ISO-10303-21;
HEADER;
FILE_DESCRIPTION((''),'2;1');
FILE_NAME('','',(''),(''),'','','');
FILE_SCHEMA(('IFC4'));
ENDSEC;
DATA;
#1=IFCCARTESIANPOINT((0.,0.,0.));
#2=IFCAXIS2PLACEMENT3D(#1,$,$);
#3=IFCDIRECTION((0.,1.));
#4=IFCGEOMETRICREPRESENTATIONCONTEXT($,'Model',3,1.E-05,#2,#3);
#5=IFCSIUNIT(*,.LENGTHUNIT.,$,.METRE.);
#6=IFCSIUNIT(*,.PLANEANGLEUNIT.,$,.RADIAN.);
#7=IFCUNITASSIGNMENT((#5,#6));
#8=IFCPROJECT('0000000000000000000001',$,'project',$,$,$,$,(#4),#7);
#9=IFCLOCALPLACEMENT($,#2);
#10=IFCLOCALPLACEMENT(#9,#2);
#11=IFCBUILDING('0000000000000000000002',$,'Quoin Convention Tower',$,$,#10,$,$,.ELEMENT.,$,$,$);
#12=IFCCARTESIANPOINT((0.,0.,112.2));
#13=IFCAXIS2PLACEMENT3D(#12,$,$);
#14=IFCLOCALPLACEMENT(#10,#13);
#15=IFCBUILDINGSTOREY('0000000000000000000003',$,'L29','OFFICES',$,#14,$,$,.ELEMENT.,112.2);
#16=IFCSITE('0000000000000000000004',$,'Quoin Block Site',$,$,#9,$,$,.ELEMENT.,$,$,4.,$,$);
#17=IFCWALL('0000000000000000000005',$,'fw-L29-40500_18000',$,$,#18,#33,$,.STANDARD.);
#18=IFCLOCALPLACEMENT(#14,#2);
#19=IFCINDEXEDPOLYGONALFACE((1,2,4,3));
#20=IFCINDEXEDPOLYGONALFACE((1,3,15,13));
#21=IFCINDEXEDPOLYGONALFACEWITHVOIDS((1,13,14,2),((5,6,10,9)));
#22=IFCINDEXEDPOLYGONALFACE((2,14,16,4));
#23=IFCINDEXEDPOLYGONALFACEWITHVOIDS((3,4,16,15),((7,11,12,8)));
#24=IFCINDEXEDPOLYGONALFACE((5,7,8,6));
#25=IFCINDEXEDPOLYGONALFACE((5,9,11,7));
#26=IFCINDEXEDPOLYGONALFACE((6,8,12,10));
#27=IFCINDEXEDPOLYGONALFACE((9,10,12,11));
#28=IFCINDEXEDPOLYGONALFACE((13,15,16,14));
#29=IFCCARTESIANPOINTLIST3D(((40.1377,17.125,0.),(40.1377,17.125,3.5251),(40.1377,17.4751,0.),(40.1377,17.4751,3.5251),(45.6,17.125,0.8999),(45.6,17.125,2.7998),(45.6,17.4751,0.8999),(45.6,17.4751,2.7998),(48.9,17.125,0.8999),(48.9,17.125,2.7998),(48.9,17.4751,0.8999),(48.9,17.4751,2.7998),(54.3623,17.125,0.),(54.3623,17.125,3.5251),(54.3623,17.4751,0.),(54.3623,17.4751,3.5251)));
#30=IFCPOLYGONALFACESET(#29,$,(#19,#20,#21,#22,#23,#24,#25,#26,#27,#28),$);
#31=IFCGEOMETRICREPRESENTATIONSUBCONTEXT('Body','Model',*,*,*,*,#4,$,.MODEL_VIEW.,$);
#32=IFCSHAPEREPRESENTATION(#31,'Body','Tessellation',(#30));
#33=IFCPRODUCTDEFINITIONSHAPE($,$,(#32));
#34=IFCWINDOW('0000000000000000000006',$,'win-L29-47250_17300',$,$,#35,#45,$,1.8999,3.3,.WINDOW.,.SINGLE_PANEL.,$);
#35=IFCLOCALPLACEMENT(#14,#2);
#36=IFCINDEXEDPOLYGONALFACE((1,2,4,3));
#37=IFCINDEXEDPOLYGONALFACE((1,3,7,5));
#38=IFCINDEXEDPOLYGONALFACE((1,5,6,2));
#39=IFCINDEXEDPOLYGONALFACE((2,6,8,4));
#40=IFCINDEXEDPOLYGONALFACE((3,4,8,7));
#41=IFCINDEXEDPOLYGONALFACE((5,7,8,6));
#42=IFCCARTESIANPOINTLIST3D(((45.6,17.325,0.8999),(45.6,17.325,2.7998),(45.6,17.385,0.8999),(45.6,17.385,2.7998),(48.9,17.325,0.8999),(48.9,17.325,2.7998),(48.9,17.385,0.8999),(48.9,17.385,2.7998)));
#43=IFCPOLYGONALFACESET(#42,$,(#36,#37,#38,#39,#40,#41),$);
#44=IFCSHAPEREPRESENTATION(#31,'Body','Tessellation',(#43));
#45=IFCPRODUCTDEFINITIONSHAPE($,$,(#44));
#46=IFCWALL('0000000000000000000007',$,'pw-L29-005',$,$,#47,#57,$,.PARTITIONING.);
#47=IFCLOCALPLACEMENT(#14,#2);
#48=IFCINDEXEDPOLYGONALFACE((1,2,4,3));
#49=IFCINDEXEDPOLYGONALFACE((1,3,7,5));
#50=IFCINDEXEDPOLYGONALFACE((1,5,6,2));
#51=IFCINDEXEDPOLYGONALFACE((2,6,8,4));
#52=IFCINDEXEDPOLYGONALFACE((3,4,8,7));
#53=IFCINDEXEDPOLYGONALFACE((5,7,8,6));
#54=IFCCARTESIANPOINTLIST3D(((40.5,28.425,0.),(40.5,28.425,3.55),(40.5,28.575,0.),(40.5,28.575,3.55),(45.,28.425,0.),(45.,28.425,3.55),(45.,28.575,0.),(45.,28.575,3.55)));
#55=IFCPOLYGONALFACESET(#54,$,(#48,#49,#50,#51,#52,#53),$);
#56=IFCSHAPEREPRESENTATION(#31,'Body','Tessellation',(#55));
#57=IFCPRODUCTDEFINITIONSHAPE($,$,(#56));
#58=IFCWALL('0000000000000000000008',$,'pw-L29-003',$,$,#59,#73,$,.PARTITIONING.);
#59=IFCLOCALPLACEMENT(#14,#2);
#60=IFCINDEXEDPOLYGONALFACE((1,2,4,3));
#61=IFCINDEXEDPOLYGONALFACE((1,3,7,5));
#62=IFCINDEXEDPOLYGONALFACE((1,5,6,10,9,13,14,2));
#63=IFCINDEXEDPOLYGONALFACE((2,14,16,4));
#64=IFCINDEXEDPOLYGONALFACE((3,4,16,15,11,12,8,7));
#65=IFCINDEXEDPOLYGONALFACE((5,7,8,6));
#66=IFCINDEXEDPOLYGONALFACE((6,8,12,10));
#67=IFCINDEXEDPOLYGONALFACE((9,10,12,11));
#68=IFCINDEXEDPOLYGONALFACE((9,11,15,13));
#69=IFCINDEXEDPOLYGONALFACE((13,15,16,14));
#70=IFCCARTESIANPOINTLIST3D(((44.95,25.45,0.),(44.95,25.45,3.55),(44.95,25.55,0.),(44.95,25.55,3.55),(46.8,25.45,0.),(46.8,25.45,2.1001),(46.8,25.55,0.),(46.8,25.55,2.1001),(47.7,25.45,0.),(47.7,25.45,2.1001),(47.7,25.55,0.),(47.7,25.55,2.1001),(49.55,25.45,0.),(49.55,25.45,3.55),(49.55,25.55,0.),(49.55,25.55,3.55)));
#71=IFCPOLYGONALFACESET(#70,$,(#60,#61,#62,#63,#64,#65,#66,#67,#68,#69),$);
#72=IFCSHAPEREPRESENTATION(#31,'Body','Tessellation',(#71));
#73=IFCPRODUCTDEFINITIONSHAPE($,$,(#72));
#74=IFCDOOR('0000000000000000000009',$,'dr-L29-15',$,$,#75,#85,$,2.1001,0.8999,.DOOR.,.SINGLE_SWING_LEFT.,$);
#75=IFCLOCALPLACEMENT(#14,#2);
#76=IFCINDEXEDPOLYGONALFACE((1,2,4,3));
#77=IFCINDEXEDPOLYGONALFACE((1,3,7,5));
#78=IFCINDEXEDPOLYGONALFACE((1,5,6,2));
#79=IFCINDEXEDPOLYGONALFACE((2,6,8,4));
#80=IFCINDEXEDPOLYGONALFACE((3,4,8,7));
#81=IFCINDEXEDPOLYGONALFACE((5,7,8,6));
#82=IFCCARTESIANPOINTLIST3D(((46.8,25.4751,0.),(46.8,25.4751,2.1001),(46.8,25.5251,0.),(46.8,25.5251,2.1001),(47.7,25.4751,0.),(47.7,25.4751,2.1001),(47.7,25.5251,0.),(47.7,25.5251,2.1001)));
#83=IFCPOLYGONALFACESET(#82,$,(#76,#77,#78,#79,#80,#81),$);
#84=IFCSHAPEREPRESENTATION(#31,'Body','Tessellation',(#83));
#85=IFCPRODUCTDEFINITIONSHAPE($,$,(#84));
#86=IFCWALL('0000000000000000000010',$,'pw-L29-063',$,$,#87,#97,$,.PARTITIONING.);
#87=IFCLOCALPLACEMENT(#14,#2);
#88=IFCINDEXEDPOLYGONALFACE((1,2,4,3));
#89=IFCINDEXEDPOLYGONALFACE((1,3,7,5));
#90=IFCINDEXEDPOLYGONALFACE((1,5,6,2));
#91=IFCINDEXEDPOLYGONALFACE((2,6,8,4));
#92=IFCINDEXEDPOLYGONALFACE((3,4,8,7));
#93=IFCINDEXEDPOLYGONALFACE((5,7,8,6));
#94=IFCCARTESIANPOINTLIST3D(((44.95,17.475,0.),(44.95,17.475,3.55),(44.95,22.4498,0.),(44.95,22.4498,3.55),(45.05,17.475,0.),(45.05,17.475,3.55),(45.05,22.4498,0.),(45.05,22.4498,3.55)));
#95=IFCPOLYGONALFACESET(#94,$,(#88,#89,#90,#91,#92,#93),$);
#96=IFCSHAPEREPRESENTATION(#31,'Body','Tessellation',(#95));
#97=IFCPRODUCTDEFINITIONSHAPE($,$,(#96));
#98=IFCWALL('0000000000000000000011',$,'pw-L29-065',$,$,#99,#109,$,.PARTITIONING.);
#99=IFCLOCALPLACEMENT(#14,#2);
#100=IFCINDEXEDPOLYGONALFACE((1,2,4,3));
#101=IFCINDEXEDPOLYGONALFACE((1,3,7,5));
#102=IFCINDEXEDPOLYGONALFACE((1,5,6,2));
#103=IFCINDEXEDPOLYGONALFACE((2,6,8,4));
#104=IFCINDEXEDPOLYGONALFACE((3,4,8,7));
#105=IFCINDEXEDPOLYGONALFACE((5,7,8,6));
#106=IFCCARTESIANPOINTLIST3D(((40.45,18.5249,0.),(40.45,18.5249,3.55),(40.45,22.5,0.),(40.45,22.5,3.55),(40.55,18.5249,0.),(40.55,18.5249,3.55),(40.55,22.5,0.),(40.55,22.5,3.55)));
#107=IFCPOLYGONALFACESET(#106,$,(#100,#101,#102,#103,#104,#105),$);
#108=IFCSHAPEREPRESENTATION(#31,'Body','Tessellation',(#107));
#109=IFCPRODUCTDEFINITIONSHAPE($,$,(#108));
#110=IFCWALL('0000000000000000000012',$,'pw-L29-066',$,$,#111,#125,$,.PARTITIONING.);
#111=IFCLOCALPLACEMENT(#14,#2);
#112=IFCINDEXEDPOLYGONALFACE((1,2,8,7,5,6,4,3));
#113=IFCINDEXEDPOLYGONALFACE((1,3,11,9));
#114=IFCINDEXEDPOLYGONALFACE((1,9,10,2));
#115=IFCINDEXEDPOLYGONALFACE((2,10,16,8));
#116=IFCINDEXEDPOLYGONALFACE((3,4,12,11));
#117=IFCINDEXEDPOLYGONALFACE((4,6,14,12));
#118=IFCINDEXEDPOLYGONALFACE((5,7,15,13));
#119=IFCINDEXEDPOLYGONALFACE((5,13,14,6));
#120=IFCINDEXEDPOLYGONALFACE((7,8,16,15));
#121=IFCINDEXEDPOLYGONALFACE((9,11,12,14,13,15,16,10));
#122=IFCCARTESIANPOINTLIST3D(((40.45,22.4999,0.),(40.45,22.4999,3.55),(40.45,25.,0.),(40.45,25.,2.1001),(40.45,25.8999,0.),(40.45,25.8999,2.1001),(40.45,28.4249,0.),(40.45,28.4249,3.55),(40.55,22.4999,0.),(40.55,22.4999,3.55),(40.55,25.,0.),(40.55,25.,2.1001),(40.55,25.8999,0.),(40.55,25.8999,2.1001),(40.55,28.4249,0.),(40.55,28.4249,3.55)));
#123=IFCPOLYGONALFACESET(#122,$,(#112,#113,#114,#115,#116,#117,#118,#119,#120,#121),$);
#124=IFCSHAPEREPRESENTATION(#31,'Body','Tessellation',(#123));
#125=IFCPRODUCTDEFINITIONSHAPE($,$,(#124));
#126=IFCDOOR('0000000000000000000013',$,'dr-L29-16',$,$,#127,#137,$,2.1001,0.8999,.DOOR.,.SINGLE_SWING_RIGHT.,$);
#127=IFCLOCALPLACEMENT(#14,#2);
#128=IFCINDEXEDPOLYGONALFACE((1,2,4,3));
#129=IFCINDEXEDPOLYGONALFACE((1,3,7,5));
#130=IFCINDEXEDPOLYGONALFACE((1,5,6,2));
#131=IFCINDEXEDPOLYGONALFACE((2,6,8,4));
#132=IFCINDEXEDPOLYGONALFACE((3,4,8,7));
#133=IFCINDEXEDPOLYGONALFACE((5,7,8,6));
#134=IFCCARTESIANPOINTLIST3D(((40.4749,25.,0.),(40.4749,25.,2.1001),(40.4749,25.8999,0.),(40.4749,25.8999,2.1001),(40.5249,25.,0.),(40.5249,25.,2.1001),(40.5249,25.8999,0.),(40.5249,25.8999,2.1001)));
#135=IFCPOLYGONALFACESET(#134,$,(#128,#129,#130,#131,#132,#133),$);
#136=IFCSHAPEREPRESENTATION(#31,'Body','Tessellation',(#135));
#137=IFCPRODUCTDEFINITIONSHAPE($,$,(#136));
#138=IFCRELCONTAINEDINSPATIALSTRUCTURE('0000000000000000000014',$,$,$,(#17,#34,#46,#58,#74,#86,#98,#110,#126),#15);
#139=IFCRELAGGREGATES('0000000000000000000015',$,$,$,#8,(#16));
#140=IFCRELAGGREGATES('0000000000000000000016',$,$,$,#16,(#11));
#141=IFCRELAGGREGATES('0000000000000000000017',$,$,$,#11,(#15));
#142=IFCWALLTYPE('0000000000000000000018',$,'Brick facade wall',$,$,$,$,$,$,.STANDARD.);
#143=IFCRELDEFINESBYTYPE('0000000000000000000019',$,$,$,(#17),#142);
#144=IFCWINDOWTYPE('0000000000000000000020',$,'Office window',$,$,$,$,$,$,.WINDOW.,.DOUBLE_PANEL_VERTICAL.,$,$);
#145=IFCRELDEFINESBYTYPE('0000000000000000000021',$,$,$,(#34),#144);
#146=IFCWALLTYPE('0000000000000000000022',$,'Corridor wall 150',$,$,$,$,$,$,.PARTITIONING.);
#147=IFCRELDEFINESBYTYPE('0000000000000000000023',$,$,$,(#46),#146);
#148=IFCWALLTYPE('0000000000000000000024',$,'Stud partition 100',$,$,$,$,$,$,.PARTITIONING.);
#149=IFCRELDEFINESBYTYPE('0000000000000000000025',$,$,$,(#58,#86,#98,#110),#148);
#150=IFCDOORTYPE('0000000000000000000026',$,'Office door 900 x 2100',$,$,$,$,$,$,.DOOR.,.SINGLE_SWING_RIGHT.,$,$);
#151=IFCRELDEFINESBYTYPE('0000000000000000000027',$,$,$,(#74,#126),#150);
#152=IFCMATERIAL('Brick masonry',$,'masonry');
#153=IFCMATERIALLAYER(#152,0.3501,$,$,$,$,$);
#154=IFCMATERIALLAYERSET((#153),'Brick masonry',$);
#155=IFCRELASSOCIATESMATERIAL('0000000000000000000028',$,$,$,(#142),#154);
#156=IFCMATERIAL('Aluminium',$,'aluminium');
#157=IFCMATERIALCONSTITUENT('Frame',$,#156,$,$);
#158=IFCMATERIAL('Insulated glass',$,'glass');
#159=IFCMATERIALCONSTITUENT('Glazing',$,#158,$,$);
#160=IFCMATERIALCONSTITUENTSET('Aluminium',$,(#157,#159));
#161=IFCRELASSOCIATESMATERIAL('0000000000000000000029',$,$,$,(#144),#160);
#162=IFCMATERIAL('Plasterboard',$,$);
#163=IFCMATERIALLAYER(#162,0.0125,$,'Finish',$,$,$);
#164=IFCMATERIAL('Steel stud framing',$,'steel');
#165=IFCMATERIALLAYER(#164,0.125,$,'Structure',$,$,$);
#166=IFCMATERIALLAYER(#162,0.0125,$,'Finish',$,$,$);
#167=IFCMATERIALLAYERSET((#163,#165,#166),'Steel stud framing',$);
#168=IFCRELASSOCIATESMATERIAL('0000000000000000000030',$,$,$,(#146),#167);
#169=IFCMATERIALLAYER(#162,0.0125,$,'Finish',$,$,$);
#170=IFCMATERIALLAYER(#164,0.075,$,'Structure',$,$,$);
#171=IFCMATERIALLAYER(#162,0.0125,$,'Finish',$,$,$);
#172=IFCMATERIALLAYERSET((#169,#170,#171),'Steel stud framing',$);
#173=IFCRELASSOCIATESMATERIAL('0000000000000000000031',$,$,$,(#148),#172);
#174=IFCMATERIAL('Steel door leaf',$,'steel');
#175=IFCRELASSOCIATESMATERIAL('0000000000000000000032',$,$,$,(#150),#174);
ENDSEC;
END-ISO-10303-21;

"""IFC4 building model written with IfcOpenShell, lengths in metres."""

from ifc_helpers import new_model, si_unit, direction, frame, frame_2d, origin, place, context, subcontext, project, spatial, rectangle, extrude, material, layer, layer_set, constituent, constituent_set, type_object, element, fill, save


model = new_model("IFC4")

# Units and contexts
model_context = context("Model", 3, precision=1e-05, world=origin(), true_north=direction((0.0, 1.0)))
body_context = subcontext(model_context, "Body", "Model", "MODEL_VIEW")
ifc_project = project(units=[si_unit("LENGTHUNIT", "METRE"), si_unit("PLANEANGLEUNIT", "RADIAN")], contexts=[model_context])

# Site, building, storey
site_placement = place(None, origin())
site = spatial("IfcSite", under=ifc_project, at=site_placement, Name="Quoin Block Site", CompositionType="ELEMENT", RefElevation=4.0)
building_placement = place(site_placement, origin())
building = spatial("IfcBuilding", under=site, at=building_placement, Name="Quoin Convention Tower", CompositionType="ELEMENT")
storey_placement = place(building_placement, frame((0.0, 0.0, 112.2)))
storey = spatial("IfcBuildingStorey", under=building, at=storey_placement, Name="L29", Description="OFFICES", CompositionType="ELEMENT", Elevation=112.2)

# Wall, opening, window
ifc_material_1 = material(Name="Brick masonry", Category="masonry")
ifc_layer_1 = layer(ifc_material_1, 0.3501)
ifc_layer_set_1 = layer_set([ifc_layer_1], Name="Brick masonry")
wall_type_1 = type_object("IfcWallType", Name="Brick facade wall", PredefinedType="STANDARD", material=ifc_layer_set_1)
wall_1_placement = place(storey_placement, frame((40.1377, 17.3, 0.0), z_axis=(0.0, 0.0, 1.0), x_axis=(1.0, 0.0, 0.0)))
wall_1 = element("IfcWall", 1, at=wall_1_placement, inside=storey, type_object=wall_type_1, Name="fw-L29-40500_18000", PredefinedType="STANDARD", context=body_context, shape_type="SweptSolid", body=[
    extrude(rectangle(XDim=14.2246, YDim=0.3501, at=frame_2d((7.1123, 0.0))), origin(), (0.0, 0.0, 1.0), 3.5251),
])
opening_1_placement = place(wall_1_placement, frame((5.4624, 0.0, 0.8999)))
opening_1 = element("IfcOpeningElement", 2, at=opening_1_placement, cuts=wall_1, PredefinedType="OPENING", context=body_context, shape_type="SweptSolid", body=[
    extrude(rectangle(XDim=3.3, YDim=1.8999, at=frame_2d((1.6499, 0.95))), frame((0.0, 0.1851, 0.0), z_axis=(0.0, -1.0, 0.0), x_axis=(1.0, 0.0, 0.0)), (0.0, 0.0, 1.0), 0.3701),
])
ifc_material_2 = material(Name="Aluminium", Category="aluminium")
ifc_constituent_1 = constituent(ifc_material_2, Name="Frame")
ifc_material_3 = material(Name="Insulated glass", Category="glass")
ifc_constituent_2 = constituent(ifc_material_3, Name="Glazing")
ifc_constituent_set = constituent_set(constituents=[ifc_constituent_1, ifc_constituent_2], Name="Aluminium")
window_type = type_object("IfcWindowType", Name="Office window", PartitioningType="DOUBLE_PANEL_VERTICAL", PredefinedType="WINDOW", material=ifc_constituent_set)
window_placement = place(opening_1_placement, origin())
window = element("IfcWindow", 3, at=window_placement, inside=storey, type_object=window_type, Name="win-L29-47250_17300", OverallHeight=1.8999, OverallWidth=3.3, PartitioningType="SINGLE_PANEL", PredefinedType="WINDOW", context=body_context, shape_type="SweptSolid", body=[
    extrude(rectangle(XDim=3.3, YDim=1.8999, at=frame_2d((1.6499, 0.95))), frame((0.0, 0.085, 0.0), z_axis=(0.0, -1.0, 0.0), x_axis=(1.0, 0.0, 0.0)), (0.0, 0.0, 1.0), 0.0601),
])
fill(opening_1, window)

# Wall
ifc_material_4 = material(Name="Plasterboard")
ifc_layer_2 = layer(ifc_material_4, 0.0125, Name="Finish")
ifc_material_5 = material(Name="Steel stud framing", Category="steel")
ifc_layer_3 = layer(ifc_material_5, 0.125, Name="Structure")
ifc_layer_4 = layer(ifc_material_4, 0.0125, Name="Finish")
ifc_layer_set_2 = layer_set([ifc_layer_2, ifc_layer_3, ifc_layer_4], Name="Steel stud framing")
wall_type_2 = type_object("IfcWallType", Name="Corridor wall 150", PredefinedType="PARTITIONING", material=ifc_layer_set_2)
wall_2_placement = place(storey_placement, frame((40.5, 28.5, 0.0), z_axis=(0.0, 0.0, 1.0), x_axis=(1.0, 0.0, 0.0)))
element("IfcWall", 4, at=wall_2_placement, inside=storey, type_object=wall_type_2, Name="pw-L29-005", PredefinedType="PARTITIONING", context=body_context, shape_type="SweptSolid", body=[
    extrude(rectangle(XDim=4.5, YDim=0.1499, at=frame_2d((2.25, 0.0))), origin(), (0.0, 0.0, 1.0), 3.55),
])

# Wall, opening, door
ifc_layer_5 = layer(ifc_material_4, 0.0125, Name="Finish")
ifc_layer_6 = layer(ifc_material_5, 0.075, Name="Structure")
ifc_layer_7 = layer(ifc_material_4, 0.0125, Name="Finish")
ifc_layer_set_3 = layer_set([ifc_layer_5, ifc_layer_6, ifc_layer_7], Name="Steel stud framing")
wall_type_3 = type_object("IfcWallType", Name="Stud partition 100", PredefinedType="PARTITIONING", material=ifc_layer_set_3)
wall_3_placement = place(storey_placement, frame((44.95, 25.5, 0.0), z_axis=(0.0, 0.0, 1.0), x_axis=(1.0, 0.0, 0.0)))
wall_3 = element("IfcWall", 5, at=wall_3_placement, inside=storey, type_object=wall_type_3, Name="pw-L29-003", PredefinedType="PARTITIONING", context=body_context, shape_type="SweptSolid", body=[
    extrude(rectangle(XDim=4.6001, YDim=0.1001, at=frame_2d((2.3, 0.0))), origin(), (0.0, 0.0, 1.0), 3.55),
])
opening_2_placement = place(wall_3_placement, frame((1.8501, 0.0, 0.0)))
opening_2 = element("IfcOpeningElement", 6, at=opening_2_placement, cuts=wall_3, PredefinedType="OPENING", context=body_context, shape_type="SweptSolid", body=[
    extrude(rectangle(XDim=0.8999, YDim=2.1001, at=frame_2d((0.45, 1.05))), frame((0.0, 0.0601, 0.0), z_axis=(0.0, -1.0, 0.0), x_axis=(1.0, 0.0, 0.0)), (0.0, 0.0, 1.0), 0.1201),
])
ifc_material_6 = material(Name="Steel door leaf", Category="steel")
door_type = type_object("IfcDoorType", Name="Office door 900 x 2100", OperationType="SINGLE_SWING_RIGHT", PredefinedType="DOOR", material=ifc_material_6)
door_1_placement = place(opening_2_placement, frame((0.8999, 0.0, 0.0), z_axis=(0.0, 0.0, 1.0), x_axis=(-1.0, 0.0, 0.0)))
door_1 = element("IfcDoor", 7, at=door_1_placement, inside=storey, type_object=door_type, Name="dr-L29-15", OperationType="SINGLE_SWING_LEFT", OverallHeight=2.1001, OverallWidth=0.8999, PredefinedType="DOOR", context=body_context, shape_type="SweptSolid", body=[
    extrude(rectangle(XDim=0.8999, YDim=2.1001, at=frame_2d((0.45, 1.05))), frame((0.0, 0.0249, 0.0), z_axis=(0.0, -1.0, 0.0), x_axis=(1.0, 0.0, 0.0)), (0.0, 0.0, 1.0), 0.05),
])
fill(opening_2, door_1)

# Walls
wall_4_placement = place(storey_placement, frame((45.0, 17.4751, 0.0), z_axis=(0.0, 0.0, 1.0), x_axis=(0.0, 1.0, 0.0)))
element("IfcWall", 8, at=wall_4_placement, inside=storey, type_object=wall_type_3, Name="pw-L29-063", PredefinedType="PARTITIONING", context=body_context, shape_type="SweptSolid", body=[
    extrude(rectangle(XDim=4.9749, YDim=0.1001, at=frame_2d((2.4873, 0.0))), origin(), (0.0, 0.0, 1.0), 3.55),
])
wall_5_placement = place(storey_placement, frame((40.5, 18.5249, 0.0), z_axis=(0.0, 0.0, 1.0), x_axis=(0.0, 1.0, 0.0)))
element("IfcWall", 9, at=wall_5_placement, inside=storey, type_object=wall_type_3, Name="pw-L29-065", PredefinedType="PARTITIONING", context=body_context, shape_type="SweptSolid", body=[
    extrude(rectangle(XDim=3.9751, YDim=0.1001, at=frame_2d((1.9875, 0.0))), origin(), (0.0, 0.0, 1.0), 3.55),
])

# Wall, opening, door
wall_6_placement = place(storey_placement, frame((40.5, 22.5, 0.0), z_axis=(0.0, 0.0, 1.0), x_axis=(0.0, 1.0, 0.0)))
wall_6 = element("IfcWall", 10, at=wall_6_placement, inside=storey, type_object=wall_type_3, Name="pw-L29-066", PredefinedType="PARTITIONING", context=body_context, shape_type="SweptSolid", body=[
    extrude(rectangle(XDim=5.925, YDim=0.1001, at=frame_2d((2.9624, 0.0))), origin(), (0.0, 0.0, 1.0), 3.55),
])
opening_3_placement = place(wall_6_placement, frame((2.5, 0.0, 0.0)))
opening_3 = element("IfcOpeningElement", 11, at=opening_3_placement, cuts=wall_6, PredefinedType="OPENING", context=body_context, shape_type="SweptSolid", body=[
    extrude(rectangle(XDim=0.8999, YDim=2.1001, at=frame_2d((0.45, 1.05))), frame((0.0, 0.0601, 0.0), z_axis=(0.0, -1.0, 0.0), x_axis=(1.0, 0.0, 0.0)), (0.0, 0.0, 1.0), 0.1201),
])
door_2_placement = place(opening_3_placement, frame((0.8999, 0.0, 0.0), z_axis=(0.0, 0.0, 1.0), x_axis=(-1.0, 0.0, 0.0)))
door_2 = element("IfcDoor", 12, at=door_2_placement, inside=storey, type_object=door_type, Name="dr-L29-16", OperationType="SINGLE_SWING_RIGHT", OverallHeight=2.1001, OverallWidth=0.8999, PredefinedType="DOOR", context=body_context, shape_type="SweptSolid", body=[
    extrude(rectangle(XDim=0.8999, YDim=2.1001, at=frame_2d((0.45, 1.05))), frame((0.0, 0.0249, 0.0), z_axis=(0.0, -1.0, 0.0), x_axis=(1.0, 0.0, 0.0)), (0.0, 0.0, 1.0), 0.05),
])
fill(opening_3, door_2)

save(model, "model.ifc")
